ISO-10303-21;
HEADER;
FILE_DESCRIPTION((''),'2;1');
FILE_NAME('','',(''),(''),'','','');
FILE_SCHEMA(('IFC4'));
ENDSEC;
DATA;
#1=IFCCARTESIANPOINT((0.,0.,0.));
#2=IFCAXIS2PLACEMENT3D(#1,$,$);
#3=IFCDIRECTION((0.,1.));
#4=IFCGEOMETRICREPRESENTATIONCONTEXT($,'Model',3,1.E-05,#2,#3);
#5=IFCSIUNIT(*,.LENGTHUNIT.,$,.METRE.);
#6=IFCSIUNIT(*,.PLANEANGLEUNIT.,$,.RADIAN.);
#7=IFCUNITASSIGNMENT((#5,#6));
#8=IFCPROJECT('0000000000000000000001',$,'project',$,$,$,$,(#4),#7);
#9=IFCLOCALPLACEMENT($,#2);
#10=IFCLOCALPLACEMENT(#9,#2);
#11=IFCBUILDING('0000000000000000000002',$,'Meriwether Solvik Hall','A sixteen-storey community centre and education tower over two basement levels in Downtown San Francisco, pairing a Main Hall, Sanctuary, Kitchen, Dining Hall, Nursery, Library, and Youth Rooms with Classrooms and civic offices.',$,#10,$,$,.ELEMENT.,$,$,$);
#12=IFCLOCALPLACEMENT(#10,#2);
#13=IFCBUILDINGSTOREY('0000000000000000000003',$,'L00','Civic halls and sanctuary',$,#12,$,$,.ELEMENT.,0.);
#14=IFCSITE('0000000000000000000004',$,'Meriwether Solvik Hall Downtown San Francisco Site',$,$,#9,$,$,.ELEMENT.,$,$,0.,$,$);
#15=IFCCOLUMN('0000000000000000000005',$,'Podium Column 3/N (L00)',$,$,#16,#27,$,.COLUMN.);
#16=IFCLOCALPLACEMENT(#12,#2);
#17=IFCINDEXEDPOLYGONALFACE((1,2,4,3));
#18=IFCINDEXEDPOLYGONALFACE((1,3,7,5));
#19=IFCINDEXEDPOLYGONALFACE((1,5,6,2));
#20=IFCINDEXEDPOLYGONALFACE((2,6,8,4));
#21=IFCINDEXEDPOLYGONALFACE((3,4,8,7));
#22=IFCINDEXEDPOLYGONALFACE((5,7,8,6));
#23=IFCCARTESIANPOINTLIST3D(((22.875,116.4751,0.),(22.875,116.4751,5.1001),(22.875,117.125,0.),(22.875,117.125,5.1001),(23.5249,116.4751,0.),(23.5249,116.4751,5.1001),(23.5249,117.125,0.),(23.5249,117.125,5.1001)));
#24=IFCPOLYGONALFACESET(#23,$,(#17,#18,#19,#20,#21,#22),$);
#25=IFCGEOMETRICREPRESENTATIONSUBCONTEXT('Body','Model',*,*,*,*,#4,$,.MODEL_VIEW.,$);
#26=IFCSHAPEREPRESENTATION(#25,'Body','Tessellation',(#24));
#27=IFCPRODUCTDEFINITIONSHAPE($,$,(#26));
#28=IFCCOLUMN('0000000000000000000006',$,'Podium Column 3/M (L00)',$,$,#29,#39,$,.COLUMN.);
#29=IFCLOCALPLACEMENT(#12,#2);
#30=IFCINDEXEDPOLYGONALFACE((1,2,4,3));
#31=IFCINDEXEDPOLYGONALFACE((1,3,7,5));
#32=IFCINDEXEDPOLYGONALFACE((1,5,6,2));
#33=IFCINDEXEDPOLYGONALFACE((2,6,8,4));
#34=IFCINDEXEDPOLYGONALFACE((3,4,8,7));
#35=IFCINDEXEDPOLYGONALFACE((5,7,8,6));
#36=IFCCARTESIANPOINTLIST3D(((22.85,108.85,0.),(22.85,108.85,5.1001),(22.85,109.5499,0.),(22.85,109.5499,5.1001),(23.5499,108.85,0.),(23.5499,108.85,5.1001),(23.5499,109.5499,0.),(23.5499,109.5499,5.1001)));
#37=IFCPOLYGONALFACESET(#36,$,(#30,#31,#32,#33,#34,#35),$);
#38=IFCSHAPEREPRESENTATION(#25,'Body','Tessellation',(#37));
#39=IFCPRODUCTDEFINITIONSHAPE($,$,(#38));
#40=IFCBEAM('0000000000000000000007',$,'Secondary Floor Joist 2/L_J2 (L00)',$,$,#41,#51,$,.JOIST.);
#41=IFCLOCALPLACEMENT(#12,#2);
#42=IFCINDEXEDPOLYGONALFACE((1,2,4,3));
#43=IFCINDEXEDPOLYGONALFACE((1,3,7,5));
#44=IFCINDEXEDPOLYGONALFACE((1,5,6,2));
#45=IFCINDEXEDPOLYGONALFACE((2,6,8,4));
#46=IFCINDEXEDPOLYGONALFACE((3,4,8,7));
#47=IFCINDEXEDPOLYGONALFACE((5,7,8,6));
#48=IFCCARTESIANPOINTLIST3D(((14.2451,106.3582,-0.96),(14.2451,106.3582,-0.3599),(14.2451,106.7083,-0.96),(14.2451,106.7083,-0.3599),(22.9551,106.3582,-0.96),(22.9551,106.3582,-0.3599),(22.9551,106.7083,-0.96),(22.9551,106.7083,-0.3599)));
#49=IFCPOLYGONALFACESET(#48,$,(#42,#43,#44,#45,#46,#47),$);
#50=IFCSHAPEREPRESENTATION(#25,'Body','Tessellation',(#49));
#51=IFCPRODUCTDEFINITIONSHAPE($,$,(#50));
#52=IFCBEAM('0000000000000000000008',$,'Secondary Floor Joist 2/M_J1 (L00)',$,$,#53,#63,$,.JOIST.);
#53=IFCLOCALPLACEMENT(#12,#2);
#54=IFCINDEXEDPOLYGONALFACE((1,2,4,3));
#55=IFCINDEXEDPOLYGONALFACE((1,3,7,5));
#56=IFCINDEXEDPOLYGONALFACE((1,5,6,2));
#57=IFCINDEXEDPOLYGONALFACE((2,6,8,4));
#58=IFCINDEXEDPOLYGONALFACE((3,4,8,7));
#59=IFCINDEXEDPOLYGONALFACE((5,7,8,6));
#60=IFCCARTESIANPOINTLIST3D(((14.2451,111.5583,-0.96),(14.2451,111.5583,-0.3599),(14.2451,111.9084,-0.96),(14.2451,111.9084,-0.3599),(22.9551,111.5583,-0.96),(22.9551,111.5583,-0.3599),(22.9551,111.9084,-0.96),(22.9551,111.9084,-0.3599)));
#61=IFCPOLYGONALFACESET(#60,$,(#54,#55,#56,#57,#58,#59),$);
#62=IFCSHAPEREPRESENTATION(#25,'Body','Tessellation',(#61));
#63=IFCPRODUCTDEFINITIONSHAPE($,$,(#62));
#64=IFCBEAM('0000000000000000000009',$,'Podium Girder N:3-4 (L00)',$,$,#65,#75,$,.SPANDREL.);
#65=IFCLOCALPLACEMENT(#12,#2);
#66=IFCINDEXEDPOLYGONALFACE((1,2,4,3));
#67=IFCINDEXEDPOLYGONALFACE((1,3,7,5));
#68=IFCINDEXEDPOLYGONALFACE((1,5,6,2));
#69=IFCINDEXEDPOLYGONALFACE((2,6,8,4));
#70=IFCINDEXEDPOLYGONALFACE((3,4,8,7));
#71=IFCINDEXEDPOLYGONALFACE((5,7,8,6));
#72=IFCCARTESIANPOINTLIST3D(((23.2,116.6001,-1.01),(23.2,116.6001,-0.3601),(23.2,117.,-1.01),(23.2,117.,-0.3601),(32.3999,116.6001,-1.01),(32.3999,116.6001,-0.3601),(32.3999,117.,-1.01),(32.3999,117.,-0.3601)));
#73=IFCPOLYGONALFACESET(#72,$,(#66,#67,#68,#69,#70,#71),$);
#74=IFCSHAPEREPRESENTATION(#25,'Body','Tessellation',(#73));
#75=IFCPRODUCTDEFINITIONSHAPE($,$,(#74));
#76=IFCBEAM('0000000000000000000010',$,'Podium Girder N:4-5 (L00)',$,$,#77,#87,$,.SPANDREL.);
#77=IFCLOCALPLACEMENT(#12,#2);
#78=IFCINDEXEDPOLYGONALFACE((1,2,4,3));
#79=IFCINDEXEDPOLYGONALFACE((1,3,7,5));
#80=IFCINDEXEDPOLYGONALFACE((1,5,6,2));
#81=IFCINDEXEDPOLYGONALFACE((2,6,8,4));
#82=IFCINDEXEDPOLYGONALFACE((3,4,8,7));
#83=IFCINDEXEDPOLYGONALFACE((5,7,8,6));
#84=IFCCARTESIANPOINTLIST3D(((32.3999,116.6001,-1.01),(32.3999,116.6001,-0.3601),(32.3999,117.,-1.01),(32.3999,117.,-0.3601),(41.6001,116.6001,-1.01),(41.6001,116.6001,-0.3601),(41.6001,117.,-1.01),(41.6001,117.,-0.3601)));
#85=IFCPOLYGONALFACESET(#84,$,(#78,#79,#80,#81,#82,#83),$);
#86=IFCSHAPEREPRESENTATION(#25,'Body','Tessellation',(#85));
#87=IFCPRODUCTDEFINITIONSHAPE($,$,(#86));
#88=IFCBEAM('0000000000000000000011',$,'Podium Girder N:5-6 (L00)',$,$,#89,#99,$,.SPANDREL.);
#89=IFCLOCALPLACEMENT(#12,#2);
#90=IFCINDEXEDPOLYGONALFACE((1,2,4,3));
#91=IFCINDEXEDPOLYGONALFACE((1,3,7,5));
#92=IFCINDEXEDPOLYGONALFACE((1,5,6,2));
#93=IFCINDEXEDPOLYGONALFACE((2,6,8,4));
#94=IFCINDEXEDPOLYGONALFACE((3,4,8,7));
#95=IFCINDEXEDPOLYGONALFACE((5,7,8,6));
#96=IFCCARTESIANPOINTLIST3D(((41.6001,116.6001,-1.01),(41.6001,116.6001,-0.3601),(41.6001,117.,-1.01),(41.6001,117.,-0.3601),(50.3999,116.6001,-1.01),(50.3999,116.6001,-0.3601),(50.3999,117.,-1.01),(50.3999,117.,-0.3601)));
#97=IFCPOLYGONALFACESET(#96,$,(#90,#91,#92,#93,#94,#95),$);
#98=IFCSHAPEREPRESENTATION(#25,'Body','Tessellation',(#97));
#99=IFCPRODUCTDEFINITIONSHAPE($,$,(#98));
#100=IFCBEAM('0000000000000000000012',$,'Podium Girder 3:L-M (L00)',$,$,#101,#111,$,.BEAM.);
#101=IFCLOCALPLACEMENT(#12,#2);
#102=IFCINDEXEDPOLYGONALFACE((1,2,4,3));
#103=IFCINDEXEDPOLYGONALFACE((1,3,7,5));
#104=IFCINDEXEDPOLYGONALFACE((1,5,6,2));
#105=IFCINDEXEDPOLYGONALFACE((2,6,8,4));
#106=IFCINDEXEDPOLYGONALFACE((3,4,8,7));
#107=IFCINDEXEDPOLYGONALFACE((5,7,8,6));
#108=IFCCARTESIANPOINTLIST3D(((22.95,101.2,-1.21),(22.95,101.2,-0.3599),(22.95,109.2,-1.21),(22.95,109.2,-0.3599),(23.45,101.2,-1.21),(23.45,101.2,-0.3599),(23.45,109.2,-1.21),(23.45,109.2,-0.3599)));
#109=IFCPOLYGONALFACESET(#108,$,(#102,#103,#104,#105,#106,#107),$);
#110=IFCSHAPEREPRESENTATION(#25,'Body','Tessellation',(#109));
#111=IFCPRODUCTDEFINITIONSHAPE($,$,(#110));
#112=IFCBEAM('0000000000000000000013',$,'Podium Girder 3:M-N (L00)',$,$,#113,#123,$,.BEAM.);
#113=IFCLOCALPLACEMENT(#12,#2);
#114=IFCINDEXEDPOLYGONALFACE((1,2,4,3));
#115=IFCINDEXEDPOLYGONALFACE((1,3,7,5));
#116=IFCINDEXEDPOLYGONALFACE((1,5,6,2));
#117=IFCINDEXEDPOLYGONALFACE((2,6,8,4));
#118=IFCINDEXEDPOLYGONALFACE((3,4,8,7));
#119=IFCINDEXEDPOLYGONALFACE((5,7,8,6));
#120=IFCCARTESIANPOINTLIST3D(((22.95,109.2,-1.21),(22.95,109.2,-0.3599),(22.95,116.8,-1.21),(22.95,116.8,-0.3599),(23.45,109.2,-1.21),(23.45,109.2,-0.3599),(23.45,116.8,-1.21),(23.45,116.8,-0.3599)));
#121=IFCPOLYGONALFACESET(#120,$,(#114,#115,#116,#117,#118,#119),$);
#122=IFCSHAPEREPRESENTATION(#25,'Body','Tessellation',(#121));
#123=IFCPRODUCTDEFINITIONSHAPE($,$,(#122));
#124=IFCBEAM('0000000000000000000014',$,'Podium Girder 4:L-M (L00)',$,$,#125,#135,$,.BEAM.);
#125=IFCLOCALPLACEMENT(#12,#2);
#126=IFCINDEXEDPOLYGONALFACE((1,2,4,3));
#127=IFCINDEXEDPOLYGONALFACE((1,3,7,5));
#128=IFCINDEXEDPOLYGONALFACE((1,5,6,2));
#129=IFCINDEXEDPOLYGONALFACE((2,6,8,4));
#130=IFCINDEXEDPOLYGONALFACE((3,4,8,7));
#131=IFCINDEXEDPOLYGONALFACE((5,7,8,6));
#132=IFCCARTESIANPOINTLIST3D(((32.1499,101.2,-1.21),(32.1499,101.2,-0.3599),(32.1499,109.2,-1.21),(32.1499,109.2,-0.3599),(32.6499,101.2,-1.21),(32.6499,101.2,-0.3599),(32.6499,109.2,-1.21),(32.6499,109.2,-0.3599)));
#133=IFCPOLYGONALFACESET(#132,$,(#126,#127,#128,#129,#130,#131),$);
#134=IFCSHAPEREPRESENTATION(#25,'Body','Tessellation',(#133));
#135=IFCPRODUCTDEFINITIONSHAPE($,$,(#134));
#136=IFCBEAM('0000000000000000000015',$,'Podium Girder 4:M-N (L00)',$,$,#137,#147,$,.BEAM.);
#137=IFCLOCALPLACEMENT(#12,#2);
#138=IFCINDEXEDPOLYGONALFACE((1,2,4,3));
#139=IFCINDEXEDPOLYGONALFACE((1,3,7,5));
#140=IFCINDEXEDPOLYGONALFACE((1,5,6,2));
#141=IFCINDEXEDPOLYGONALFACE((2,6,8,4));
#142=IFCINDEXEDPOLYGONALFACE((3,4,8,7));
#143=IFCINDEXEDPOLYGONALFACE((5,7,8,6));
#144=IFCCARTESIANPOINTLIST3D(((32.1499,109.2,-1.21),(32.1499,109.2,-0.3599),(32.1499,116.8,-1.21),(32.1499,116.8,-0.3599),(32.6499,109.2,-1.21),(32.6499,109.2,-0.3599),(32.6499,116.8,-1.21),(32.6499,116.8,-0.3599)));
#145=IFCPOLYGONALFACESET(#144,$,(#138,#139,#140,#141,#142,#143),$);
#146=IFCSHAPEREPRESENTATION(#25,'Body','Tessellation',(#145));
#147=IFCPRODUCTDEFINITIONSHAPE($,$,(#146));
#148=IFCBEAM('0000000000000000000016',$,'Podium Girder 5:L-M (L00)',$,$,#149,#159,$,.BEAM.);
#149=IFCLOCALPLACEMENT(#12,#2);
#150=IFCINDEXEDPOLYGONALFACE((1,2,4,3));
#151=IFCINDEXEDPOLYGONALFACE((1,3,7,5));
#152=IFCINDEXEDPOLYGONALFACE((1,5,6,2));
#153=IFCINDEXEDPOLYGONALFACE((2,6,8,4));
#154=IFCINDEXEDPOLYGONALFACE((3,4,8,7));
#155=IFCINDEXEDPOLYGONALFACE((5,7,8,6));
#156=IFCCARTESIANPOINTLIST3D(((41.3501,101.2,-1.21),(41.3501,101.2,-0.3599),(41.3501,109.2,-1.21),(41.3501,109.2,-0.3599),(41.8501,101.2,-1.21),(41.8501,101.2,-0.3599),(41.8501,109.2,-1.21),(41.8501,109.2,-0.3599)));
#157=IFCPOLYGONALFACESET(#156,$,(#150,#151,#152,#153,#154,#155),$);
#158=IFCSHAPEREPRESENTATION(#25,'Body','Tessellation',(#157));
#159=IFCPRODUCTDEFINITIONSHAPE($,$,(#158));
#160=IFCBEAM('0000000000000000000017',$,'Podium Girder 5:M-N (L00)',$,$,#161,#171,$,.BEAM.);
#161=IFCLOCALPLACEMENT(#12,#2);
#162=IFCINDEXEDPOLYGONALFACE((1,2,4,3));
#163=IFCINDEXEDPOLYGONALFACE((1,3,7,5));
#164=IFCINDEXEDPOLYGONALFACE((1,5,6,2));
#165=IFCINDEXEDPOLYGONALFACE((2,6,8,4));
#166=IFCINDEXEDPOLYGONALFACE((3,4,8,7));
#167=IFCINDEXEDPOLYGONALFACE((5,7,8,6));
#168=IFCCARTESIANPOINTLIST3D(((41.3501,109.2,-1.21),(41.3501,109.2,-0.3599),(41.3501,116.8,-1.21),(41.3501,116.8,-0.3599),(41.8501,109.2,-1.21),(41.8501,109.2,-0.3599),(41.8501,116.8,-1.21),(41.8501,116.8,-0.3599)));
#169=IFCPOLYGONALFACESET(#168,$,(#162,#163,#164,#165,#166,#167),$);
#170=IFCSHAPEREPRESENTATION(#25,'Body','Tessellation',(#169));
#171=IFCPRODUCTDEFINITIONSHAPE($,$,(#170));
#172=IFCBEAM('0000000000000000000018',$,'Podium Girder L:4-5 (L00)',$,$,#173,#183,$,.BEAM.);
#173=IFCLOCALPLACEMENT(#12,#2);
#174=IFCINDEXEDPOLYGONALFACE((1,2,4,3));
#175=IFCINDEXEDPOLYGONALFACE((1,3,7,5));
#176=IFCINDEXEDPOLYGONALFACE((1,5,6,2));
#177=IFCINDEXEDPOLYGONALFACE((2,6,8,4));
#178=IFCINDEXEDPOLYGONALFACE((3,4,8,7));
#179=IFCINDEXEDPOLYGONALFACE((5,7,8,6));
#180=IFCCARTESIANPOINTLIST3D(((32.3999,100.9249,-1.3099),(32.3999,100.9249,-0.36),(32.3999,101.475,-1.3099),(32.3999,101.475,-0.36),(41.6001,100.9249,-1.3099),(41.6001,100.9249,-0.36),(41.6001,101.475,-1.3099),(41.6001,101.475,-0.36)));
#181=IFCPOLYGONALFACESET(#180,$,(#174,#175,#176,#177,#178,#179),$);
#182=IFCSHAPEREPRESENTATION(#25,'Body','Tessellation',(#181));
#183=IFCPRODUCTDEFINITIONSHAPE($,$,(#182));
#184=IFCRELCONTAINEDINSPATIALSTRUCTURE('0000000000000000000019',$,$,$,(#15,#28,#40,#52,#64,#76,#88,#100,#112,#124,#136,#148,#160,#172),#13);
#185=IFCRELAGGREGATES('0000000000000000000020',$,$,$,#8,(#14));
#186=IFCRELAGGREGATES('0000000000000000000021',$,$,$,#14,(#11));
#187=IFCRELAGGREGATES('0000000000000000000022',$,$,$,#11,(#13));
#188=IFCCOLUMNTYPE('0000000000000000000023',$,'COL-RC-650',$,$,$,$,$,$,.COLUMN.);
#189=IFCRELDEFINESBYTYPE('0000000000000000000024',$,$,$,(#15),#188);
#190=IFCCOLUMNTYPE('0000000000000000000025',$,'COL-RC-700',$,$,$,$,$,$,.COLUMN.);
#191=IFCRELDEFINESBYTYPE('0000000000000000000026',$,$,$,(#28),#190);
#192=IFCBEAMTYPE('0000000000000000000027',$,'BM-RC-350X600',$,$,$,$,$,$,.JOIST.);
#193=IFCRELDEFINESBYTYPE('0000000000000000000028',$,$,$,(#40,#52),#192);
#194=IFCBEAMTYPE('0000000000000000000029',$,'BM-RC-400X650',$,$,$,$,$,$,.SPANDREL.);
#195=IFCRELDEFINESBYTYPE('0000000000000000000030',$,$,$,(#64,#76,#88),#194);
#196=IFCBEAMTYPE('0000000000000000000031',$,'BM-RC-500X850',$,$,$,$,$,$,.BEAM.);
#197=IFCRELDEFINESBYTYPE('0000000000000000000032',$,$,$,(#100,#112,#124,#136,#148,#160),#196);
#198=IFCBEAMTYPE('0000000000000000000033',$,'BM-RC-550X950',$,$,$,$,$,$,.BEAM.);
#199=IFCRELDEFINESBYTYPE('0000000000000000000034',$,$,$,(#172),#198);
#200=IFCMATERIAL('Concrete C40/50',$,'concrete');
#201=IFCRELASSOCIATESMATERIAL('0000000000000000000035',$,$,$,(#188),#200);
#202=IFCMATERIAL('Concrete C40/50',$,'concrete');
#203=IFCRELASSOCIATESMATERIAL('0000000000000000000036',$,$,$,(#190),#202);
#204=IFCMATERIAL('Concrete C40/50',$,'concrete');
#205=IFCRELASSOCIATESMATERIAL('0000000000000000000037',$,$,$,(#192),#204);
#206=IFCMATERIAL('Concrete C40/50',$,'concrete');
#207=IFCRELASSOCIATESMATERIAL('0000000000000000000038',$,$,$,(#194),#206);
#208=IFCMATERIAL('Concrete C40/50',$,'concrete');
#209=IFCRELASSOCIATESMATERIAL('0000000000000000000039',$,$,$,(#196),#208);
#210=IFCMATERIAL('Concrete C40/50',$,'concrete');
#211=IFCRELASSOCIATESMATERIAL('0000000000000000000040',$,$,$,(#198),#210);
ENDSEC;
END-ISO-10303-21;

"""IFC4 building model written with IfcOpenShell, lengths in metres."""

from ifc_helpers import new_model, si_unit, direction, frame, origin, origin_2d, place, context, subcontext, project, spatial, rectangle, extrude, material, material_profile, profile_set, type_object, element, save


model = new_model("IFC4")

# Units and contexts
model_context = context("Model", 3, precision=1e-05, world=origin(), true_north=direction((0.0, 1.0)))
body_context = subcontext(model_context, "Body", "Model", "MODEL_VIEW")
ifc_project = project(units=[si_unit("LENGTHUNIT", "METRE"), si_unit("PLANEANGLEUNIT", "RADIAN")], contexts=[model_context])

# Site, building, storey
site_placement = place(None, origin())
site = spatial("IfcSite", under=ifc_project, at=site_placement, Name="Meriwether Solvik Hall Downtown San Francisco Site", CompositionType="ELEMENT", RefElevation=0.0)
building_placement = place(site_placement, origin())
building = spatial("IfcBuilding", under=site, at=building_placement, Name="Meriwether Solvik Hall", Description="A sixteen-storey community centre and education tower over two basement levels in Downtown San Francisco, pairing a Main Hall, Sanctuary, Kitchen, Dining Hall, Nursery, Library, and Youth Rooms with Classrooms and civic offices.", CompositionType="ELEMENT")
storey_placement = place(building_placement, origin())
storey = spatial("IfcBuildingStorey", under=building, at=storey_placement, Name="L00", Description="Civic halls and sanctuary", CompositionType="ELEMENT", Elevation=0.0)

# Columns
ifc_material_1 = material(Name="Concrete C40/50", Category="concrete")
ifc_material_profile_1 = material_profile(ifc_material_1, rectangle(XDim=0.6499, YDim=0.6499, at=origin_2d()), Name="RCC-650X650")
ifc_profile_set_1 = profile_set([ifc_material_profile_1], Name="Concrete C40/50")
column_type_1 = type_object("IfcColumnType", Name="COL-RC-650", PredefinedType="COLUMN", material=ifc_profile_set_1)
column_1_placement = place(storey_placement, frame((23.2, 116.8, 0.0), z_axis=(0.0, 0.0, 1.0), x_axis=(1.0, 0.0, 0.0)))
element("IfcColumn", 1, at=column_1_placement, inside=storey, type_object=column_type_1, Name="Podium Column 3/N (L00)", PredefinedType="COLUMN", context=body_context, shape_type="SweptSolid", body=[
    extrude(rectangle(XDim=0.6499, YDim=0.6499, at=origin_2d()), origin(), (0.0, 0.0, 1.0), 5.1001),
])
ifc_material_2 = material(Name="Concrete C40/50", Category="concrete")
ifc_material_profile_2 = material_profile(ifc_material_2, rectangle(XDim=0.7, YDim=0.7, at=origin_2d()), Name="RCC-700X700")
ifc_profile_set_2 = profile_set([ifc_material_profile_2], Name="Concrete C40/50")
column_type_2 = type_object("IfcColumnType", Name="COL-RC-700", PredefinedType="COLUMN", material=ifc_profile_set_2)
column_2_placement = place(storey_placement, frame((23.2, 109.2, 0.0), z_axis=(0.0, 0.0, 1.0), x_axis=(1.0, 0.0, 0.0)))
element("IfcColumn", 2, at=column_2_placement, inside=storey, type_object=column_type_2, Name="Podium Column 3/M (L00)", PredefinedType="COLUMN", context=body_context, shape_type="SweptSolid", body=[
    extrude(rectangle(XDim=0.7, YDim=0.7, at=origin_2d()), origin(), (0.0, 0.0, 1.0), 5.1001),
])

# Beams
ifc_material_3 = material(Name="Concrete C40/50", Category="concrete")
ifc_material_profile_3 = material_profile(ifc_material_3, rectangle(XDim=0.3501, YDim=0.6001, at=origin_2d()), Name="RCB-350X600")
ifc_profile_set_3 = profile_set([ifc_material_profile_3], Name="Concrete C40/50")
beam_type_1 = type_object("IfcBeamType", Name="BM-RC-350X600", PredefinedType="JOIST", material=ifc_profile_set_3)
for number, where, z_axis, x_axis, name in (
    (3, (14.2451, 106.5332, -0.6599), (1.0, 0.0, 0.0), (0.0, 1.0, 0.0), "Secondary Floor Joist 2/L_J2 (L00)"),
    (4, (14.2451, 111.7334, -0.6599), (1.0, 0.0, 0.0), (0.0, 1.0, 0.0), "Secondary Floor Joist 2/M_J1 (L00)"),
):
    element("IfcBeam", number, at=place(storey_placement, frame(where, z_axis=z_axis, x_axis=x_axis)), inside=storey, type_object=beam_type_1, Name=name, PredefinedType="JOIST", context=body_context, shape_type="SweptSolid", body=[
        extrude(rectangle(XDim=0.3501, YDim=0.6001, at=origin_2d()), origin(), (0.0, 0.0, 1.0), 8.71),
    ])
ifc_material_4 = material(Name="Concrete C40/50", Category="concrete")
ifc_material_profile_4 = material_profile(ifc_material_4, rectangle(XDim=0.3999, YDim=0.6499, at=origin_2d()), Name="RCB-400X650")
ifc_profile_set_4 = profile_set([ifc_material_profile_4], Name="Concrete C40/50")
beam_type_2 = type_object("IfcBeamType", Name="BM-RC-400X650", PredefinedType="SPANDREL", material=ifc_profile_set_4)
beam_1_placement = place(storey_placement, frame((23.2, 116.8, -0.6851), z_axis=(1.0, 0.0, 0.0), x_axis=(0.0, 1.0, 0.0)))
element("IfcBeam", 5, at=beam_1_placement, inside=storey, type_object=beam_type_2, Name="Podium Girder N:3-4 (L00)", PredefinedType="SPANDREL", context=body_context, shape_type="SweptSolid", body=[
    extrude(rectangle(XDim=0.3999, YDim=0.6499, at=origin_2d()), origin(), (0.0, 0.0, 1.0), 9.2),
])
beam_2_placement = place(storey_placement, frame((32.3999, 116.8, -0.6851), z_axis=(1.0, 0.0, 0.0), x_axis=(0.0, 1.0, 0.0)))
element("IfcBeam", 6, at=beam_2_placement, inside=storey, type_object=beam_type_2, Name="Podium Girder N:4-5 (L00)", PredefinedType="SPANDREL", context=body_context, shape_type="SweptSolid", body=[
    extrude(rectangle(XDim=0.3999, YDim=0.6499, at=origin_2d()), origin(), (0.0, 0.0, 1.0), 9.2002),
])
beam_3_placement = place(storey_placement, frame((41.6001, 116.8, -0.6851), z_axis=(1.0, 0.0, 0.0), x_axis=(0.0, 1.0, 0.0)))
element("IfcBeam", 7, at=beam_3_placement, inside=storey, type_object=beam_type_2, Name="Podium Girder N:5-6 (L00)", PredefinedType="SPANDREL", context=body_context, shape_type="SweptSolid", body=[
    extrude(rectangle(XDim=0.3999, YDim=0.6499, at=origin_2d()), origin(), (0.0, 0.0, 1.0), 8.7998),
])
ifc_material_5 = material(Name="Concrete C40/50", Category="concrete")
ifc_material_profile_5 = material_profile(ifc_material_5, rectangle(XDim=0.5, YDim=0.8501, at=origin_2d()), Name="RCB-500X850")
ifc_profile_set_5 = profile_set([ifc_material_profile_5], Name="Concrete C40/50")
beam_type_3 = type_object("IfcBeamType", Name="BM-RC-500X850", PredefinedType="BEAM", material=ifc_profile_set_5)
beam_4_placement = place(storey_placement, frame((23.2, 101.2, -0.7849), z_axis=(0.0, 1.0, 0.0), x_axis=(-1.0, 0.0, 0.0)))
element("IfcBeam", 8, at=beam_4_placement, inside=storey, type_object=beam_type_3, Name="Podium Girder 3:L-M (L00)", PredefinedType="BEAM", context=body_context, shape_type="SweptSolid", body=[
    extrude(rectangle(XDim=0.5, YDim=0.8501, at=origin_2d()), origin(), (0.0, 0.0, 1.0), 8.0),
])
beam_5_placement = place(storey_placement, frame((23.2, 109.2, -0.7849), z_axis=(0.0, 1.0, 0.0), x_axis=(-1.0, 0.0, 0.0)))
element("IfcBeam", 9, at=beam_5_placement, inside=storey, type_object=beam_type_3, Name="Podium Girder 3:M-N (L00)", PredefinedType="BEAM", context=body_context, shape_type="SweptSolid", body=[
    extrude(rectangle(XDim=0.5, YDim=0.8501, at=origin_2d()), origin(), (0.0, 0.0, 1.0), 7.6001),
])
beam_6_placement = place(storey_placement, frame((32.3999, 101.2, -0.7849), z_axis=(0.0, 1.0, 0.0), x_axis=(-1.0, 0.0, 0.0)))
element("IfcBeam", 10, at=beam_6_placement, inside=storey, type_object=beam_type_3, Name="Podium Girder 4:L-M (L00)", PredefinedType="BEAM", context=body_context, shape_type="SweptSolid", body=[
    extrude(rectangle(XDim=0.5, YDim=0.8501, at=origin_2d()), origin(), (0.0, 0.0, 1.0), 8.0),
])
beam_7_placement = place(storey_placement, frame((32.3999, 109.2, -0.7849), z_axis=(0.0, 1.0, 0.0), x_axis=(-1.0, 0.0, 0.0)))
element("IfcBeam", 11, at=beam_7_placement, inside=storey, type_object=beam_type_3, Name="Podium Girder 4:M-N (L00)", PredefinedType="BEAM", context=body_context, shape_type="SweptSolid", body=[
    extrude(rectangle(XDim=0.5, YDim=0.8501, at=origin_2d()), origin(), (0.0, 0.0, 1.0), 7.6001),
])
beam_8_placement = place(storey_placement, frame((41.6001, 101.2, -0.7849), z_axis=(0.0, 1.0, 0.0), x_axis=(-1.0, 0.0, 0.0)))
element("IfcBeam", 12, at=beam_8_placement, inside=storey, type_object=beam_type_3, Name="Podium Girder 5:L-M (L00)", PredefinedType="BEAM", context=body_context, shape_type="SweptSolid", body=[
    extrude(rectangle(XDim=0.5, YDim=0.8501, at=origin_2d()), origin(), (0.0, 0.0, 1.0), 8.0),
])
beam_9_placement = place(storey_placement, frame((41.6001, 109.2, -0.7849), z_axis=(0.0, 1.0, 0.0), x_axis=(-1.0, 0.0, 0.0)))
element("IfcBeam", 13, at=beam_9_placement, inside=storey, type_object=beam_type_3, Name="Podium Girder 5:M-N (L00)", PredefinedType="BEAM", context=body_context, shape_type="SweptSolid", body=[
    extrude(rectangle(XDim=0.5, YDim=0.8501, at=origin_2d()), origin(), (0.0, 0.0, 1.0), 7.6001),
])
ifc_material_6 = material(Name="Concrete C40/50", Category="concrete")
ifc_material_profile_6 = material_profile(ifc_material_6, rectangle(XDim=0.55, YDim=0.95, at=origin_2d()), Name="RCB-550X950")
ifc_profile_set_6 = profile_set([ifc_material_profile_6], Name="Concrete C40/50")
beam_type_4 = type_object("IfcBeamType", Name="BM-RC-550X950", PredefinedType="BEAM", material=ifc_profile_set_6)
beam_10_placement = place(storey_placement, frame((32.3999, 101.2, -0.835), z_axis=(1.0, 0.0, 0.0), x_axis=(0.0, 1.0, 0.0)))
element("IfcBeam", 14, at=beam_10_placement, inside=storey, type_object=beam_type_4, Name="Podium Girder L:4-5 (L00)", PredefinedType="BEAM", context=body_context, shape_type="SweptSolid", body=[
    extrude(rectangle(XDim=0.55, YDim=0.95, at=origin_2d()), origin(), (0.0, 0.0, 1.0), 9.2002),
])

save(model, "model.ifc")
